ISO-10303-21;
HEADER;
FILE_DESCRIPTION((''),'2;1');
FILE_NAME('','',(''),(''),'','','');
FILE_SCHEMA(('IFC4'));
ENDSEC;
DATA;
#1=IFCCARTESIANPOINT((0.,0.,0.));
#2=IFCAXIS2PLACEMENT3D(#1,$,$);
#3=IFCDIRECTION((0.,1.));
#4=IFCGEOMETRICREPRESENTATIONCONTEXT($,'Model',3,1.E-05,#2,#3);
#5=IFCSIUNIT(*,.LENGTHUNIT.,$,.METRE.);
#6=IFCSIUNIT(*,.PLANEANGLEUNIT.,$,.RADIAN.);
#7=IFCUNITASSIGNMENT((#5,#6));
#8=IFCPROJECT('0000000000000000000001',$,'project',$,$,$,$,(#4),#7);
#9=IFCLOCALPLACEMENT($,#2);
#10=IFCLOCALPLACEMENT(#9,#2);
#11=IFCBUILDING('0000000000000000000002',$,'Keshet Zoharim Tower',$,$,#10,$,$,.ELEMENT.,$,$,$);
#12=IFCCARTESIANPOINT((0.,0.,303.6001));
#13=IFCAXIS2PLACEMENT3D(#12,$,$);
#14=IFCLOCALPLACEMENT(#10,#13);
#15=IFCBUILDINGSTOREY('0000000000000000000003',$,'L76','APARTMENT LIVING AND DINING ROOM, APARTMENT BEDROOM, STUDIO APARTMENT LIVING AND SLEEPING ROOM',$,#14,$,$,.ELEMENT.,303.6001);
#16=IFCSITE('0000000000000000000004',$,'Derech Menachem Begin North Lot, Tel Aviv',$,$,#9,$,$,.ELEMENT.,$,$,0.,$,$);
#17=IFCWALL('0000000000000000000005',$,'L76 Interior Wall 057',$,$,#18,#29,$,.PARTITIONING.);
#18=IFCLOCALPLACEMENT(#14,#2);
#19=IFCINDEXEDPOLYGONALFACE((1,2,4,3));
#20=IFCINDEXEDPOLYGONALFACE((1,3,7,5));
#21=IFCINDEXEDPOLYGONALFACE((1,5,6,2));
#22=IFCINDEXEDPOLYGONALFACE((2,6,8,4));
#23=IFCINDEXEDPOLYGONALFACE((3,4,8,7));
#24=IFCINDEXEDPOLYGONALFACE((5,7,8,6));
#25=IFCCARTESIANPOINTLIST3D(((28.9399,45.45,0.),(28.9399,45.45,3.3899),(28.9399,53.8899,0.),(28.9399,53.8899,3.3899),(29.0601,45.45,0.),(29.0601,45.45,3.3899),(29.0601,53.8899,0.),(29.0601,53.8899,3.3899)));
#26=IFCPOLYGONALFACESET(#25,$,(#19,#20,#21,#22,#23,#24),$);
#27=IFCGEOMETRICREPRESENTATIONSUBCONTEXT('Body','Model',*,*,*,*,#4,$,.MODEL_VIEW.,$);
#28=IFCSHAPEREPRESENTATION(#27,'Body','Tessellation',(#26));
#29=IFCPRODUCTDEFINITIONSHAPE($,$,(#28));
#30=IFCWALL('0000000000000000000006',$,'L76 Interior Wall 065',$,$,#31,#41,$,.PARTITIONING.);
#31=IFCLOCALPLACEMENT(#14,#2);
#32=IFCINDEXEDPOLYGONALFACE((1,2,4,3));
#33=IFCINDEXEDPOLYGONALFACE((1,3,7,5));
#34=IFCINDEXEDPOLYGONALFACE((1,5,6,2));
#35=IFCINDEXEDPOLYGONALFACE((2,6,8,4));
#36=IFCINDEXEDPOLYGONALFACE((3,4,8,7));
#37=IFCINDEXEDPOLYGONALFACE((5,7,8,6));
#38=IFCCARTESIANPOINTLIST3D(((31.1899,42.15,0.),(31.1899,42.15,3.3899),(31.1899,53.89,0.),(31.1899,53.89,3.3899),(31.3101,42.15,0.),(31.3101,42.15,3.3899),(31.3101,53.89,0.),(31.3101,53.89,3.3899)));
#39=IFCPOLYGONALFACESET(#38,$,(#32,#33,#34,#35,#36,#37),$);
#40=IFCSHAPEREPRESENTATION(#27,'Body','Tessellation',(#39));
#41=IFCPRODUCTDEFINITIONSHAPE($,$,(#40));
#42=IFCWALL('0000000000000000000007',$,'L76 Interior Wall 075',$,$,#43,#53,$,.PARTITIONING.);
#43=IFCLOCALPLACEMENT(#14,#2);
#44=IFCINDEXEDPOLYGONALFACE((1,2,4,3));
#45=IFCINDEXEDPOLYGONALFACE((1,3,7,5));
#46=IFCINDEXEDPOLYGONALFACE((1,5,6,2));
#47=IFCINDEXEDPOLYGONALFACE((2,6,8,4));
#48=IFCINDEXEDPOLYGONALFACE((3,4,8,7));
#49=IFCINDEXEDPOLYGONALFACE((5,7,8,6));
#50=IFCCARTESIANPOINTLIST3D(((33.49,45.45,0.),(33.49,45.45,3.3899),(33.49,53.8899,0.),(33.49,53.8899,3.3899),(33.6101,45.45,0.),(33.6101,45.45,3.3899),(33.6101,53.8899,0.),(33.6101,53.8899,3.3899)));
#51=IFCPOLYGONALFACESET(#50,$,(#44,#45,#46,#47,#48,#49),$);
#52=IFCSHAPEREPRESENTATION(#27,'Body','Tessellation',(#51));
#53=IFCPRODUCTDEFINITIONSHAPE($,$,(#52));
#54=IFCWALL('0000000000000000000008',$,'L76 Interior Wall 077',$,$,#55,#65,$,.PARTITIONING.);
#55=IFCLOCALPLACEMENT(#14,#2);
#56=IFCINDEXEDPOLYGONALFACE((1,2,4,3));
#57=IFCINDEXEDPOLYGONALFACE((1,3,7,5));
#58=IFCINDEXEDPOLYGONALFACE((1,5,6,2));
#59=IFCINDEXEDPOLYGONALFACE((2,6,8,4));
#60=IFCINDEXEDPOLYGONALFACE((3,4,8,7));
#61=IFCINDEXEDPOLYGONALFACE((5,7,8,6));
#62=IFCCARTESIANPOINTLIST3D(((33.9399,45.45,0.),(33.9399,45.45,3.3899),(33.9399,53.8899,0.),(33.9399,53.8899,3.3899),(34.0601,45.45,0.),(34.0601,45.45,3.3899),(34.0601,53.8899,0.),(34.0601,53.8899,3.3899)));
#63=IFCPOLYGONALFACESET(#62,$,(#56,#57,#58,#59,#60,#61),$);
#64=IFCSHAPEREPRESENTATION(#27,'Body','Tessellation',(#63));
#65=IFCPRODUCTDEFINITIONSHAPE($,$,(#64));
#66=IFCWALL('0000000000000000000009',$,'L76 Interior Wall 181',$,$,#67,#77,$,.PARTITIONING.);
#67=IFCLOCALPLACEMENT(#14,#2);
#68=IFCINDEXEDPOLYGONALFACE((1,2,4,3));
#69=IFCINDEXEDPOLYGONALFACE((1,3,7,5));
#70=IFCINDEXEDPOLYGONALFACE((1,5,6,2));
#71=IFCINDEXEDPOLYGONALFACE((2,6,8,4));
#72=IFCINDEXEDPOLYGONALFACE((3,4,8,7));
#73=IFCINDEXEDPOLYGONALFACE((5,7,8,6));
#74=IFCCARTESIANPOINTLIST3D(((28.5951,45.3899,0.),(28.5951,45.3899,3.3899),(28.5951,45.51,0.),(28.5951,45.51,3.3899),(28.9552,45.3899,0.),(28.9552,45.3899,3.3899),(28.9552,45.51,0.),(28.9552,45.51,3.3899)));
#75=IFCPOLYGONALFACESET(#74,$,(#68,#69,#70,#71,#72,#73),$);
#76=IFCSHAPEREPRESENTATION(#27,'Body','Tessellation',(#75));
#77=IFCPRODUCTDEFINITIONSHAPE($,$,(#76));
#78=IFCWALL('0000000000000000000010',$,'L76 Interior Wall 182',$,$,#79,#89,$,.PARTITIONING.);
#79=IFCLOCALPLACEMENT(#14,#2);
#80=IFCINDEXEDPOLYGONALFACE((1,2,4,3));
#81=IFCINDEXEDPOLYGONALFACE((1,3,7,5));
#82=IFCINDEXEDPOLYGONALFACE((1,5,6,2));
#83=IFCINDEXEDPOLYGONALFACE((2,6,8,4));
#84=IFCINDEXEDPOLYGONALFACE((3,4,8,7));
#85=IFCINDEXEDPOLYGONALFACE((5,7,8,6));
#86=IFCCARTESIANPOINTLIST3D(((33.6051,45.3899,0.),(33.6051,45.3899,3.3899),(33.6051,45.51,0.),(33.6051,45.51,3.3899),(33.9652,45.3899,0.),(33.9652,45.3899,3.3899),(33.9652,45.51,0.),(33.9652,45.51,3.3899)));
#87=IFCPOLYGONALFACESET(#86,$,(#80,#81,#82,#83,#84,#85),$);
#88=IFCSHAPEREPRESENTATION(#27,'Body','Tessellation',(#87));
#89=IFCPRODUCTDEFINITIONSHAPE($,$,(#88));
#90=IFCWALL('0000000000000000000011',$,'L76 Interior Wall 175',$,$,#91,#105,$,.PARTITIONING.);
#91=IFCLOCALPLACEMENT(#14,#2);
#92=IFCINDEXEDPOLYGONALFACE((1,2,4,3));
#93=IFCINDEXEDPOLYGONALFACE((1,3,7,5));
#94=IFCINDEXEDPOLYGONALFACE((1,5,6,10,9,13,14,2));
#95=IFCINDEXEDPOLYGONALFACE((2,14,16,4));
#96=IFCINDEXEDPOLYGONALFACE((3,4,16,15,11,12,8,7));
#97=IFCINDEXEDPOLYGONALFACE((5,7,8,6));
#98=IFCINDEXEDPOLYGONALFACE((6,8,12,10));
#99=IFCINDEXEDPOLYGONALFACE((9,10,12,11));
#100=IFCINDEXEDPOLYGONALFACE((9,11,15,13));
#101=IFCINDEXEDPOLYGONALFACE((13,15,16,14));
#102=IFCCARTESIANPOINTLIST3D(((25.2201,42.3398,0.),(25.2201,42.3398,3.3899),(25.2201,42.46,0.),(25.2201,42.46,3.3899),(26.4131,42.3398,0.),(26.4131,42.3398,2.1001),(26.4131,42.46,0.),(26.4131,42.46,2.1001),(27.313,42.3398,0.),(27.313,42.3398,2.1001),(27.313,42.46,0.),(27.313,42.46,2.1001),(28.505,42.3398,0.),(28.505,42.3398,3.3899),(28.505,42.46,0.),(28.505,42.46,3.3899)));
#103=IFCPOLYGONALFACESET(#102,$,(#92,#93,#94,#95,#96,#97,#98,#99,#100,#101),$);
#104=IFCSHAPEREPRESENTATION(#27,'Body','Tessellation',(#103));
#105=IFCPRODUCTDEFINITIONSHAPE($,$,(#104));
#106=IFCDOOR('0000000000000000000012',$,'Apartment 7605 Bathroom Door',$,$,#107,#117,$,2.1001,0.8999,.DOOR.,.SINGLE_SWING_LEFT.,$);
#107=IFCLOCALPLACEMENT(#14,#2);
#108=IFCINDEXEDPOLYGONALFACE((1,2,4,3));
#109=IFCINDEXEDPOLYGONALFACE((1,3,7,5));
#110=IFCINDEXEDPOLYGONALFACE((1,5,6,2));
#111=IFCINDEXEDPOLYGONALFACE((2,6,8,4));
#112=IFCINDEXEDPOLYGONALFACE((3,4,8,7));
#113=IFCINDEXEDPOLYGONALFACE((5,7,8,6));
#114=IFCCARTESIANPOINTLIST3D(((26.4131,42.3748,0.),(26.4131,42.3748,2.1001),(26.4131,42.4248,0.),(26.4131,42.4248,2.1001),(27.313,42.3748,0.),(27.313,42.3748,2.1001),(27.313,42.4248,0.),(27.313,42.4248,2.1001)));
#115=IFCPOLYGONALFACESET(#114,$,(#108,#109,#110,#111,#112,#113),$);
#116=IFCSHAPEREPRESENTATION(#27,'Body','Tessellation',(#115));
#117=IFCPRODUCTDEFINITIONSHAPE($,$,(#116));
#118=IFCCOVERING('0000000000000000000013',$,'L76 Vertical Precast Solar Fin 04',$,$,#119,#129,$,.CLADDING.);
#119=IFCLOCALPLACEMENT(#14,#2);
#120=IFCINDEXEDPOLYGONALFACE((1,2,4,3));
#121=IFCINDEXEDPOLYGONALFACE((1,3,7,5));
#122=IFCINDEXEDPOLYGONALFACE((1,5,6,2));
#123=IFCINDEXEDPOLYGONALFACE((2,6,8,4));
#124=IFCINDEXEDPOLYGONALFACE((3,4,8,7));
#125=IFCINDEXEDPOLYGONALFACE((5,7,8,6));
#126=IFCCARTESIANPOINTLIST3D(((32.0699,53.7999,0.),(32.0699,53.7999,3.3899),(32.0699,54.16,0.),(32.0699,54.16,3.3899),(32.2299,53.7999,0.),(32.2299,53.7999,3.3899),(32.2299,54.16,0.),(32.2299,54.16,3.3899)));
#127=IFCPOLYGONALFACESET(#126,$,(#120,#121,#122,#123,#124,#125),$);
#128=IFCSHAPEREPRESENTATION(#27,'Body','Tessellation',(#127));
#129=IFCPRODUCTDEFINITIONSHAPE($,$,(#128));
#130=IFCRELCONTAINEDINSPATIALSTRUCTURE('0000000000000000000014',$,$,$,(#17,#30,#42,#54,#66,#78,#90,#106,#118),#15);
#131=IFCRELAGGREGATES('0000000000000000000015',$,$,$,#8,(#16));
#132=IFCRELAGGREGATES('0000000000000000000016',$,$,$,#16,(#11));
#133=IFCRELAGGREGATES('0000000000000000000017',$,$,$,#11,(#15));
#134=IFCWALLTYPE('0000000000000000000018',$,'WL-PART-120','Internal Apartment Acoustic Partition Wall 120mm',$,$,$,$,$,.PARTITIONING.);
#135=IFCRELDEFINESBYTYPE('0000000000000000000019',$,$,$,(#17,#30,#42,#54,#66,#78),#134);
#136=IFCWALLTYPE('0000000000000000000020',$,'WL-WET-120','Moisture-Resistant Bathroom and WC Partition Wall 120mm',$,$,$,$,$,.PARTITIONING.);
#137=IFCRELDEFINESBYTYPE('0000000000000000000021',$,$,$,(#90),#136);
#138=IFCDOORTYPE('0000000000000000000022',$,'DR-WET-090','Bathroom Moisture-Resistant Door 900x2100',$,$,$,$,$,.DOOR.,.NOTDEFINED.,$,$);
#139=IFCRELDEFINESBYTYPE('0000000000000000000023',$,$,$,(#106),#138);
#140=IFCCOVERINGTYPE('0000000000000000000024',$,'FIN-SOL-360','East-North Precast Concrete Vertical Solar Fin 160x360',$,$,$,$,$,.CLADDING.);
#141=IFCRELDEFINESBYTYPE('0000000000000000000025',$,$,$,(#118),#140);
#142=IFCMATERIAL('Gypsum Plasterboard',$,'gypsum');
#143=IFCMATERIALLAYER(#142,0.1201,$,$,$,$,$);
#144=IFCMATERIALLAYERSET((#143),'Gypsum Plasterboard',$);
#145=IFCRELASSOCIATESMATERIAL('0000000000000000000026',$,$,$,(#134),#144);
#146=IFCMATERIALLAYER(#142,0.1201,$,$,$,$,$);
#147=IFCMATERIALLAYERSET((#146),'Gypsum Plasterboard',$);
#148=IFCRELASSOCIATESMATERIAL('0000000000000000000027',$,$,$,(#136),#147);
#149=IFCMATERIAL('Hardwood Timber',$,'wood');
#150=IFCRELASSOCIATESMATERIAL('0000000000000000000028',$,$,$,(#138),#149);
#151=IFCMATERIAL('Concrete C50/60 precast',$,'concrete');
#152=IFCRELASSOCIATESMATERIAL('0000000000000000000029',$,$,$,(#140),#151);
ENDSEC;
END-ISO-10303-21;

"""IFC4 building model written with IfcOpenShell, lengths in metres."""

from ifc_helpers import new_model, si_unit, direction, frame, frame_2d, origin, origin_2d, place, context, subcontext, project, spatial, rectangle, extrude, material, layer, layer_set, type_object, element, fill, save


model = new_model("IFC4")

# Units and contexts
model_context = context("Model", 3, precision=1e-05, world=origin(), true_north=direction((0.0, 1.0)))
body_context = subcontext(model_context, "Body", "Model", "MODEL_VIEW")
ifc_project = project(units=[si_unit("LENGTHUNIT", "METRE"), si_unit("PLANEANGLEUNIT", "RADIAN")], contexts=[model_context])

# Site, building, storey
site_placement = place(None, origin())
site = spatial("IfcSite", under=ifc_project, at=site_placement, Name="Derech Menachem Begin North Lot, Tel Aviv", CompositionType="ELEMENT", RefElevation=0.0)
building_placement = place(site_placement, origin())
building = spatial("IfcBuilding", under=site, at=building_placement, Name="Keshet Zoharim Tower", CompositionType="ELEMENT")
storey_placement = place(building_placement, frame((0.0, 0.0, 303.6001)))
storey = spatial("IfcBuildingStorey", under=building, at=storey_placement, Name="L76", Description="APARTMENT LIVING AND DINING ROOM, APARTMENT BEDROOM, STUDIO APARTMENT LIVING AND SLEEPING ROOM", CompositionType="ELEMENT", Elevation=303.6001)

# Walls
ifc_material_1 = material(Name="Gypsum Plasterboard", Category="gypsum")
ifc_layer_1 = layer(ifc_material_1, 0.1201)
ifc_layer_set_1 = layer_set([ifc_layer_1], Name="Gypsum Plasterboard")
wall_type_1 = type_object("IfcWallType", Name="WL-PART-120", Description="Internal Apartment Acoustic Partition Wall 120mm", PredefinedType="PARTITIONING", material=ifc_layer_set_1)
wall_1_placement = place(storey_placement, frame((29.0, 45.45, 0.0), z_axis=(0.0, 0.0, 1.0), x_axis=(0.0, 1.0, 0.0)))
element("IfcWall", 1, at=wall_1_placement, inside=storey, type_object=wall_type_1, Name="L76 Interior Wall 057", PredefinedType="PARTITIONING", context=body_context, shape_type="SweptSolid", body=[
    extrude(rectangle(XDim=8.4399, YDim=0.1201, at=frame_2d((4.22, 0.0))), origin(), (0.0, 0.0, 1.0), 3.3899),
])
wall_2_placement = place(storey_placement, frame((31.25, 42.1499, 0.0), z_axis=(0.0, 0.0, 1.0), x_axis=(0.0, 1.0, 0.0)))
element("IfcWall", 2, at=wall_2_placement, inside=storey, type_object=wall_type_1, Name="L76 Interior Wall 065", PredefinedType="PARTITIONING", context=body_context, shape_type="SweptSolid", body=[
    extrude(rectangle(XDim=11.74, YDim=0.1201, at=frame_2d((5.8701, 0.0))), origin(), (0.0, 0.0, 1.0), 3.3899),
])
for number, where, z_axis, x_axis, name in (
    (3, (33.55, 45.45, 0.0), (0.0, 0.0, 1.0), (0.0, 1.0, 0.0), "L76 Interior Wall 075"),
    (4, (34.0, 45.45, 0.0), (0.0, 0.0, 1.0), (0.0, 1.0, 0.0), "L76 Interior Wall 077"),
):
    element("IfcWall", number, at=place(storey_placement, frame(where, z_axis=z_axis, x_axis=x_axis)), inside=storey, type_object=wall_type_1, Name=name, PredefinedType="PARTITIONING", context=body_context, shape_type="SweptSolid", body=[
        extrude(rectangle(XDim=8.4399, YDim=0.1201, at=frame_2d((4.22, 0.0))), origin(), (0.0, 0.0, 1.0), 3.3899),
    ])

# Shared definitions
ifc_material_2 = material(Name="Hardwood Timber", Category="wood")

# Walls
for number, where, z_axis, x_axis, name in (
    (5, (28.595, 45.45, 0.0), (0.0, 0.0, 1.0), (1.0, 0.0, 0.0), "L76 Interior Wall 181"),
    (6, (33.605, 45.45, 0.0), (0.0, 0.0, 1.0), (1.0, 0.0, 0.0), "L76 Interior Wall 182"),
):
    element("IfcWall", number, at=place(storey_placement, frame(where, z_axis=z_axis, x_axis=x_axis)), inside=storey, type_object=wall_type_1, Name=name, PredefinedType="PARTITIONING", context=body_context, shape_type="SweptSolid", body=[
        extrude(rectangle(XDim=0.3601, YDim=0.1201, at=frame_2d((0.1802, 0.0))), origin(), (0.0, 0.0, 1.0), 3.3899),
    ])

# Wall, opening, door
ifc_layer_2 = layer(ifc_material_1, 0.1201)
ifc_layer_set_2 = layer_set([ifc_layer_2], Name="Gypsum Plasterboard")
wall_type_2 = type_object("IfcWallType", Name="WL-WET-120", Description="Moisture-Resistant Bathroom and WC Partition Wall 120mm", PredefinedType="PARTITIONING", material=ifc_layer_set_2)
wall_3_placement = place(storey_placement, frame((25.22, 42.3999, 0.0), z_axis=(0.0, 0.0, 1.0), x_axis=(1.0, 0.0, 0.0)))
wall_3 = element("IfcWall", 7, at=wall_3_placement, inside=storey, type_object=wall_type_2, Name="L76 Interior Wall 175", PredefinedType="PARTITIONING", context=body_context, shape_type="SweptSolid", body=[
    extrude(rectangle(XDim=3.2849, YDim=0.1201, at=frame_2d((1.6426, 0.0))), origin(), (0.0, 0.0, 1.0), 3.3899),
])
opening_1_placement = place(wall_3_placement, frame((1.1931, 0.0, 0.0)))
opening_1 = element("IfcOpeningElement", 8, at=opening_1_placement, cuts=wall_3, PredefinedType="OPENING", context=body_context, shape_type="SweptSolid", body=[
    extrude(rectangle(XDim=0.8999, YDim=2.1001, at=frame_2d((0.45, 1.05))), frame((0.0, 0.0701, 0.0), z_axis=(0.0, -1.0, 0.0), x_axis=(1.0, 0.0, 0.0)), (0.0, 0.0, 1.0), 0.1401),
])
door_type_1 = type_object("IfcDoorType", Name="DR-WET-090", Description="Bathroom Moisture-Resistant Door 900x2100", OperationType="NOTDEFINED", PredefinedType="DOOR", material=ifc_material_2)
door_1_placement = place(opening_1_placement, origin())
door_1 = element("IfcDoor", 9, at=door_1_placement, inside=storey, type_object=door_type_1, Name="Apartment 7605 Bathroom Door", OperationType="SINGLE_SWING_LEFT", OverallHeight=2.1001, OverallWidth=0.8999, PredefinedType="DOOR", context=body_context, shape_type="SweptSolid", body=[
    extrude(rectangle(XDim=0.8999, YDim=2.1001, at=frame_2d((0.45, 1.05))), frame((0.0, 0.0249, 0.0), z_axis=(0.0, -1.0, 0.0), x_axis=(1.0, 0.0, 0.0)), (0.0, 0.0, 1.0), 0.05),
])
fill(opening_1, door_1)

# Covering
ifc_material_3 = material(Name="Concrete C50/60 precast", Category="concrete")
covering_type = type_object("IfcCoveringType", Name="FIN-SOL-360", Description="East-North Precast Concrete Vertical Solar Fin 160x360", PredefinedType="CLADDING", material=ifc_material_3)
covering_placement = place(storey_placement, frame((32.1499, 53.98, 0.0), z_axis=(0.0, 0.0, 1.0), x_axis=(1.0, 0.0, 0.0)))
element("IfcCovering", 10, at=covering_placement, inside=storey, type_object=covering_type, Name="L76 Vertical Precast Solar Fin 04", PredefinedType="CLADDING", context=body_context, shape_type="SweptSolid", body=[
    extrude(rectangle(XDim=0.1599, YDim=0.3601, at=origin_2d()), origin(), (0.0, 0.0, 1.0), 3.3899),
])

save(model, "model.ifc")
